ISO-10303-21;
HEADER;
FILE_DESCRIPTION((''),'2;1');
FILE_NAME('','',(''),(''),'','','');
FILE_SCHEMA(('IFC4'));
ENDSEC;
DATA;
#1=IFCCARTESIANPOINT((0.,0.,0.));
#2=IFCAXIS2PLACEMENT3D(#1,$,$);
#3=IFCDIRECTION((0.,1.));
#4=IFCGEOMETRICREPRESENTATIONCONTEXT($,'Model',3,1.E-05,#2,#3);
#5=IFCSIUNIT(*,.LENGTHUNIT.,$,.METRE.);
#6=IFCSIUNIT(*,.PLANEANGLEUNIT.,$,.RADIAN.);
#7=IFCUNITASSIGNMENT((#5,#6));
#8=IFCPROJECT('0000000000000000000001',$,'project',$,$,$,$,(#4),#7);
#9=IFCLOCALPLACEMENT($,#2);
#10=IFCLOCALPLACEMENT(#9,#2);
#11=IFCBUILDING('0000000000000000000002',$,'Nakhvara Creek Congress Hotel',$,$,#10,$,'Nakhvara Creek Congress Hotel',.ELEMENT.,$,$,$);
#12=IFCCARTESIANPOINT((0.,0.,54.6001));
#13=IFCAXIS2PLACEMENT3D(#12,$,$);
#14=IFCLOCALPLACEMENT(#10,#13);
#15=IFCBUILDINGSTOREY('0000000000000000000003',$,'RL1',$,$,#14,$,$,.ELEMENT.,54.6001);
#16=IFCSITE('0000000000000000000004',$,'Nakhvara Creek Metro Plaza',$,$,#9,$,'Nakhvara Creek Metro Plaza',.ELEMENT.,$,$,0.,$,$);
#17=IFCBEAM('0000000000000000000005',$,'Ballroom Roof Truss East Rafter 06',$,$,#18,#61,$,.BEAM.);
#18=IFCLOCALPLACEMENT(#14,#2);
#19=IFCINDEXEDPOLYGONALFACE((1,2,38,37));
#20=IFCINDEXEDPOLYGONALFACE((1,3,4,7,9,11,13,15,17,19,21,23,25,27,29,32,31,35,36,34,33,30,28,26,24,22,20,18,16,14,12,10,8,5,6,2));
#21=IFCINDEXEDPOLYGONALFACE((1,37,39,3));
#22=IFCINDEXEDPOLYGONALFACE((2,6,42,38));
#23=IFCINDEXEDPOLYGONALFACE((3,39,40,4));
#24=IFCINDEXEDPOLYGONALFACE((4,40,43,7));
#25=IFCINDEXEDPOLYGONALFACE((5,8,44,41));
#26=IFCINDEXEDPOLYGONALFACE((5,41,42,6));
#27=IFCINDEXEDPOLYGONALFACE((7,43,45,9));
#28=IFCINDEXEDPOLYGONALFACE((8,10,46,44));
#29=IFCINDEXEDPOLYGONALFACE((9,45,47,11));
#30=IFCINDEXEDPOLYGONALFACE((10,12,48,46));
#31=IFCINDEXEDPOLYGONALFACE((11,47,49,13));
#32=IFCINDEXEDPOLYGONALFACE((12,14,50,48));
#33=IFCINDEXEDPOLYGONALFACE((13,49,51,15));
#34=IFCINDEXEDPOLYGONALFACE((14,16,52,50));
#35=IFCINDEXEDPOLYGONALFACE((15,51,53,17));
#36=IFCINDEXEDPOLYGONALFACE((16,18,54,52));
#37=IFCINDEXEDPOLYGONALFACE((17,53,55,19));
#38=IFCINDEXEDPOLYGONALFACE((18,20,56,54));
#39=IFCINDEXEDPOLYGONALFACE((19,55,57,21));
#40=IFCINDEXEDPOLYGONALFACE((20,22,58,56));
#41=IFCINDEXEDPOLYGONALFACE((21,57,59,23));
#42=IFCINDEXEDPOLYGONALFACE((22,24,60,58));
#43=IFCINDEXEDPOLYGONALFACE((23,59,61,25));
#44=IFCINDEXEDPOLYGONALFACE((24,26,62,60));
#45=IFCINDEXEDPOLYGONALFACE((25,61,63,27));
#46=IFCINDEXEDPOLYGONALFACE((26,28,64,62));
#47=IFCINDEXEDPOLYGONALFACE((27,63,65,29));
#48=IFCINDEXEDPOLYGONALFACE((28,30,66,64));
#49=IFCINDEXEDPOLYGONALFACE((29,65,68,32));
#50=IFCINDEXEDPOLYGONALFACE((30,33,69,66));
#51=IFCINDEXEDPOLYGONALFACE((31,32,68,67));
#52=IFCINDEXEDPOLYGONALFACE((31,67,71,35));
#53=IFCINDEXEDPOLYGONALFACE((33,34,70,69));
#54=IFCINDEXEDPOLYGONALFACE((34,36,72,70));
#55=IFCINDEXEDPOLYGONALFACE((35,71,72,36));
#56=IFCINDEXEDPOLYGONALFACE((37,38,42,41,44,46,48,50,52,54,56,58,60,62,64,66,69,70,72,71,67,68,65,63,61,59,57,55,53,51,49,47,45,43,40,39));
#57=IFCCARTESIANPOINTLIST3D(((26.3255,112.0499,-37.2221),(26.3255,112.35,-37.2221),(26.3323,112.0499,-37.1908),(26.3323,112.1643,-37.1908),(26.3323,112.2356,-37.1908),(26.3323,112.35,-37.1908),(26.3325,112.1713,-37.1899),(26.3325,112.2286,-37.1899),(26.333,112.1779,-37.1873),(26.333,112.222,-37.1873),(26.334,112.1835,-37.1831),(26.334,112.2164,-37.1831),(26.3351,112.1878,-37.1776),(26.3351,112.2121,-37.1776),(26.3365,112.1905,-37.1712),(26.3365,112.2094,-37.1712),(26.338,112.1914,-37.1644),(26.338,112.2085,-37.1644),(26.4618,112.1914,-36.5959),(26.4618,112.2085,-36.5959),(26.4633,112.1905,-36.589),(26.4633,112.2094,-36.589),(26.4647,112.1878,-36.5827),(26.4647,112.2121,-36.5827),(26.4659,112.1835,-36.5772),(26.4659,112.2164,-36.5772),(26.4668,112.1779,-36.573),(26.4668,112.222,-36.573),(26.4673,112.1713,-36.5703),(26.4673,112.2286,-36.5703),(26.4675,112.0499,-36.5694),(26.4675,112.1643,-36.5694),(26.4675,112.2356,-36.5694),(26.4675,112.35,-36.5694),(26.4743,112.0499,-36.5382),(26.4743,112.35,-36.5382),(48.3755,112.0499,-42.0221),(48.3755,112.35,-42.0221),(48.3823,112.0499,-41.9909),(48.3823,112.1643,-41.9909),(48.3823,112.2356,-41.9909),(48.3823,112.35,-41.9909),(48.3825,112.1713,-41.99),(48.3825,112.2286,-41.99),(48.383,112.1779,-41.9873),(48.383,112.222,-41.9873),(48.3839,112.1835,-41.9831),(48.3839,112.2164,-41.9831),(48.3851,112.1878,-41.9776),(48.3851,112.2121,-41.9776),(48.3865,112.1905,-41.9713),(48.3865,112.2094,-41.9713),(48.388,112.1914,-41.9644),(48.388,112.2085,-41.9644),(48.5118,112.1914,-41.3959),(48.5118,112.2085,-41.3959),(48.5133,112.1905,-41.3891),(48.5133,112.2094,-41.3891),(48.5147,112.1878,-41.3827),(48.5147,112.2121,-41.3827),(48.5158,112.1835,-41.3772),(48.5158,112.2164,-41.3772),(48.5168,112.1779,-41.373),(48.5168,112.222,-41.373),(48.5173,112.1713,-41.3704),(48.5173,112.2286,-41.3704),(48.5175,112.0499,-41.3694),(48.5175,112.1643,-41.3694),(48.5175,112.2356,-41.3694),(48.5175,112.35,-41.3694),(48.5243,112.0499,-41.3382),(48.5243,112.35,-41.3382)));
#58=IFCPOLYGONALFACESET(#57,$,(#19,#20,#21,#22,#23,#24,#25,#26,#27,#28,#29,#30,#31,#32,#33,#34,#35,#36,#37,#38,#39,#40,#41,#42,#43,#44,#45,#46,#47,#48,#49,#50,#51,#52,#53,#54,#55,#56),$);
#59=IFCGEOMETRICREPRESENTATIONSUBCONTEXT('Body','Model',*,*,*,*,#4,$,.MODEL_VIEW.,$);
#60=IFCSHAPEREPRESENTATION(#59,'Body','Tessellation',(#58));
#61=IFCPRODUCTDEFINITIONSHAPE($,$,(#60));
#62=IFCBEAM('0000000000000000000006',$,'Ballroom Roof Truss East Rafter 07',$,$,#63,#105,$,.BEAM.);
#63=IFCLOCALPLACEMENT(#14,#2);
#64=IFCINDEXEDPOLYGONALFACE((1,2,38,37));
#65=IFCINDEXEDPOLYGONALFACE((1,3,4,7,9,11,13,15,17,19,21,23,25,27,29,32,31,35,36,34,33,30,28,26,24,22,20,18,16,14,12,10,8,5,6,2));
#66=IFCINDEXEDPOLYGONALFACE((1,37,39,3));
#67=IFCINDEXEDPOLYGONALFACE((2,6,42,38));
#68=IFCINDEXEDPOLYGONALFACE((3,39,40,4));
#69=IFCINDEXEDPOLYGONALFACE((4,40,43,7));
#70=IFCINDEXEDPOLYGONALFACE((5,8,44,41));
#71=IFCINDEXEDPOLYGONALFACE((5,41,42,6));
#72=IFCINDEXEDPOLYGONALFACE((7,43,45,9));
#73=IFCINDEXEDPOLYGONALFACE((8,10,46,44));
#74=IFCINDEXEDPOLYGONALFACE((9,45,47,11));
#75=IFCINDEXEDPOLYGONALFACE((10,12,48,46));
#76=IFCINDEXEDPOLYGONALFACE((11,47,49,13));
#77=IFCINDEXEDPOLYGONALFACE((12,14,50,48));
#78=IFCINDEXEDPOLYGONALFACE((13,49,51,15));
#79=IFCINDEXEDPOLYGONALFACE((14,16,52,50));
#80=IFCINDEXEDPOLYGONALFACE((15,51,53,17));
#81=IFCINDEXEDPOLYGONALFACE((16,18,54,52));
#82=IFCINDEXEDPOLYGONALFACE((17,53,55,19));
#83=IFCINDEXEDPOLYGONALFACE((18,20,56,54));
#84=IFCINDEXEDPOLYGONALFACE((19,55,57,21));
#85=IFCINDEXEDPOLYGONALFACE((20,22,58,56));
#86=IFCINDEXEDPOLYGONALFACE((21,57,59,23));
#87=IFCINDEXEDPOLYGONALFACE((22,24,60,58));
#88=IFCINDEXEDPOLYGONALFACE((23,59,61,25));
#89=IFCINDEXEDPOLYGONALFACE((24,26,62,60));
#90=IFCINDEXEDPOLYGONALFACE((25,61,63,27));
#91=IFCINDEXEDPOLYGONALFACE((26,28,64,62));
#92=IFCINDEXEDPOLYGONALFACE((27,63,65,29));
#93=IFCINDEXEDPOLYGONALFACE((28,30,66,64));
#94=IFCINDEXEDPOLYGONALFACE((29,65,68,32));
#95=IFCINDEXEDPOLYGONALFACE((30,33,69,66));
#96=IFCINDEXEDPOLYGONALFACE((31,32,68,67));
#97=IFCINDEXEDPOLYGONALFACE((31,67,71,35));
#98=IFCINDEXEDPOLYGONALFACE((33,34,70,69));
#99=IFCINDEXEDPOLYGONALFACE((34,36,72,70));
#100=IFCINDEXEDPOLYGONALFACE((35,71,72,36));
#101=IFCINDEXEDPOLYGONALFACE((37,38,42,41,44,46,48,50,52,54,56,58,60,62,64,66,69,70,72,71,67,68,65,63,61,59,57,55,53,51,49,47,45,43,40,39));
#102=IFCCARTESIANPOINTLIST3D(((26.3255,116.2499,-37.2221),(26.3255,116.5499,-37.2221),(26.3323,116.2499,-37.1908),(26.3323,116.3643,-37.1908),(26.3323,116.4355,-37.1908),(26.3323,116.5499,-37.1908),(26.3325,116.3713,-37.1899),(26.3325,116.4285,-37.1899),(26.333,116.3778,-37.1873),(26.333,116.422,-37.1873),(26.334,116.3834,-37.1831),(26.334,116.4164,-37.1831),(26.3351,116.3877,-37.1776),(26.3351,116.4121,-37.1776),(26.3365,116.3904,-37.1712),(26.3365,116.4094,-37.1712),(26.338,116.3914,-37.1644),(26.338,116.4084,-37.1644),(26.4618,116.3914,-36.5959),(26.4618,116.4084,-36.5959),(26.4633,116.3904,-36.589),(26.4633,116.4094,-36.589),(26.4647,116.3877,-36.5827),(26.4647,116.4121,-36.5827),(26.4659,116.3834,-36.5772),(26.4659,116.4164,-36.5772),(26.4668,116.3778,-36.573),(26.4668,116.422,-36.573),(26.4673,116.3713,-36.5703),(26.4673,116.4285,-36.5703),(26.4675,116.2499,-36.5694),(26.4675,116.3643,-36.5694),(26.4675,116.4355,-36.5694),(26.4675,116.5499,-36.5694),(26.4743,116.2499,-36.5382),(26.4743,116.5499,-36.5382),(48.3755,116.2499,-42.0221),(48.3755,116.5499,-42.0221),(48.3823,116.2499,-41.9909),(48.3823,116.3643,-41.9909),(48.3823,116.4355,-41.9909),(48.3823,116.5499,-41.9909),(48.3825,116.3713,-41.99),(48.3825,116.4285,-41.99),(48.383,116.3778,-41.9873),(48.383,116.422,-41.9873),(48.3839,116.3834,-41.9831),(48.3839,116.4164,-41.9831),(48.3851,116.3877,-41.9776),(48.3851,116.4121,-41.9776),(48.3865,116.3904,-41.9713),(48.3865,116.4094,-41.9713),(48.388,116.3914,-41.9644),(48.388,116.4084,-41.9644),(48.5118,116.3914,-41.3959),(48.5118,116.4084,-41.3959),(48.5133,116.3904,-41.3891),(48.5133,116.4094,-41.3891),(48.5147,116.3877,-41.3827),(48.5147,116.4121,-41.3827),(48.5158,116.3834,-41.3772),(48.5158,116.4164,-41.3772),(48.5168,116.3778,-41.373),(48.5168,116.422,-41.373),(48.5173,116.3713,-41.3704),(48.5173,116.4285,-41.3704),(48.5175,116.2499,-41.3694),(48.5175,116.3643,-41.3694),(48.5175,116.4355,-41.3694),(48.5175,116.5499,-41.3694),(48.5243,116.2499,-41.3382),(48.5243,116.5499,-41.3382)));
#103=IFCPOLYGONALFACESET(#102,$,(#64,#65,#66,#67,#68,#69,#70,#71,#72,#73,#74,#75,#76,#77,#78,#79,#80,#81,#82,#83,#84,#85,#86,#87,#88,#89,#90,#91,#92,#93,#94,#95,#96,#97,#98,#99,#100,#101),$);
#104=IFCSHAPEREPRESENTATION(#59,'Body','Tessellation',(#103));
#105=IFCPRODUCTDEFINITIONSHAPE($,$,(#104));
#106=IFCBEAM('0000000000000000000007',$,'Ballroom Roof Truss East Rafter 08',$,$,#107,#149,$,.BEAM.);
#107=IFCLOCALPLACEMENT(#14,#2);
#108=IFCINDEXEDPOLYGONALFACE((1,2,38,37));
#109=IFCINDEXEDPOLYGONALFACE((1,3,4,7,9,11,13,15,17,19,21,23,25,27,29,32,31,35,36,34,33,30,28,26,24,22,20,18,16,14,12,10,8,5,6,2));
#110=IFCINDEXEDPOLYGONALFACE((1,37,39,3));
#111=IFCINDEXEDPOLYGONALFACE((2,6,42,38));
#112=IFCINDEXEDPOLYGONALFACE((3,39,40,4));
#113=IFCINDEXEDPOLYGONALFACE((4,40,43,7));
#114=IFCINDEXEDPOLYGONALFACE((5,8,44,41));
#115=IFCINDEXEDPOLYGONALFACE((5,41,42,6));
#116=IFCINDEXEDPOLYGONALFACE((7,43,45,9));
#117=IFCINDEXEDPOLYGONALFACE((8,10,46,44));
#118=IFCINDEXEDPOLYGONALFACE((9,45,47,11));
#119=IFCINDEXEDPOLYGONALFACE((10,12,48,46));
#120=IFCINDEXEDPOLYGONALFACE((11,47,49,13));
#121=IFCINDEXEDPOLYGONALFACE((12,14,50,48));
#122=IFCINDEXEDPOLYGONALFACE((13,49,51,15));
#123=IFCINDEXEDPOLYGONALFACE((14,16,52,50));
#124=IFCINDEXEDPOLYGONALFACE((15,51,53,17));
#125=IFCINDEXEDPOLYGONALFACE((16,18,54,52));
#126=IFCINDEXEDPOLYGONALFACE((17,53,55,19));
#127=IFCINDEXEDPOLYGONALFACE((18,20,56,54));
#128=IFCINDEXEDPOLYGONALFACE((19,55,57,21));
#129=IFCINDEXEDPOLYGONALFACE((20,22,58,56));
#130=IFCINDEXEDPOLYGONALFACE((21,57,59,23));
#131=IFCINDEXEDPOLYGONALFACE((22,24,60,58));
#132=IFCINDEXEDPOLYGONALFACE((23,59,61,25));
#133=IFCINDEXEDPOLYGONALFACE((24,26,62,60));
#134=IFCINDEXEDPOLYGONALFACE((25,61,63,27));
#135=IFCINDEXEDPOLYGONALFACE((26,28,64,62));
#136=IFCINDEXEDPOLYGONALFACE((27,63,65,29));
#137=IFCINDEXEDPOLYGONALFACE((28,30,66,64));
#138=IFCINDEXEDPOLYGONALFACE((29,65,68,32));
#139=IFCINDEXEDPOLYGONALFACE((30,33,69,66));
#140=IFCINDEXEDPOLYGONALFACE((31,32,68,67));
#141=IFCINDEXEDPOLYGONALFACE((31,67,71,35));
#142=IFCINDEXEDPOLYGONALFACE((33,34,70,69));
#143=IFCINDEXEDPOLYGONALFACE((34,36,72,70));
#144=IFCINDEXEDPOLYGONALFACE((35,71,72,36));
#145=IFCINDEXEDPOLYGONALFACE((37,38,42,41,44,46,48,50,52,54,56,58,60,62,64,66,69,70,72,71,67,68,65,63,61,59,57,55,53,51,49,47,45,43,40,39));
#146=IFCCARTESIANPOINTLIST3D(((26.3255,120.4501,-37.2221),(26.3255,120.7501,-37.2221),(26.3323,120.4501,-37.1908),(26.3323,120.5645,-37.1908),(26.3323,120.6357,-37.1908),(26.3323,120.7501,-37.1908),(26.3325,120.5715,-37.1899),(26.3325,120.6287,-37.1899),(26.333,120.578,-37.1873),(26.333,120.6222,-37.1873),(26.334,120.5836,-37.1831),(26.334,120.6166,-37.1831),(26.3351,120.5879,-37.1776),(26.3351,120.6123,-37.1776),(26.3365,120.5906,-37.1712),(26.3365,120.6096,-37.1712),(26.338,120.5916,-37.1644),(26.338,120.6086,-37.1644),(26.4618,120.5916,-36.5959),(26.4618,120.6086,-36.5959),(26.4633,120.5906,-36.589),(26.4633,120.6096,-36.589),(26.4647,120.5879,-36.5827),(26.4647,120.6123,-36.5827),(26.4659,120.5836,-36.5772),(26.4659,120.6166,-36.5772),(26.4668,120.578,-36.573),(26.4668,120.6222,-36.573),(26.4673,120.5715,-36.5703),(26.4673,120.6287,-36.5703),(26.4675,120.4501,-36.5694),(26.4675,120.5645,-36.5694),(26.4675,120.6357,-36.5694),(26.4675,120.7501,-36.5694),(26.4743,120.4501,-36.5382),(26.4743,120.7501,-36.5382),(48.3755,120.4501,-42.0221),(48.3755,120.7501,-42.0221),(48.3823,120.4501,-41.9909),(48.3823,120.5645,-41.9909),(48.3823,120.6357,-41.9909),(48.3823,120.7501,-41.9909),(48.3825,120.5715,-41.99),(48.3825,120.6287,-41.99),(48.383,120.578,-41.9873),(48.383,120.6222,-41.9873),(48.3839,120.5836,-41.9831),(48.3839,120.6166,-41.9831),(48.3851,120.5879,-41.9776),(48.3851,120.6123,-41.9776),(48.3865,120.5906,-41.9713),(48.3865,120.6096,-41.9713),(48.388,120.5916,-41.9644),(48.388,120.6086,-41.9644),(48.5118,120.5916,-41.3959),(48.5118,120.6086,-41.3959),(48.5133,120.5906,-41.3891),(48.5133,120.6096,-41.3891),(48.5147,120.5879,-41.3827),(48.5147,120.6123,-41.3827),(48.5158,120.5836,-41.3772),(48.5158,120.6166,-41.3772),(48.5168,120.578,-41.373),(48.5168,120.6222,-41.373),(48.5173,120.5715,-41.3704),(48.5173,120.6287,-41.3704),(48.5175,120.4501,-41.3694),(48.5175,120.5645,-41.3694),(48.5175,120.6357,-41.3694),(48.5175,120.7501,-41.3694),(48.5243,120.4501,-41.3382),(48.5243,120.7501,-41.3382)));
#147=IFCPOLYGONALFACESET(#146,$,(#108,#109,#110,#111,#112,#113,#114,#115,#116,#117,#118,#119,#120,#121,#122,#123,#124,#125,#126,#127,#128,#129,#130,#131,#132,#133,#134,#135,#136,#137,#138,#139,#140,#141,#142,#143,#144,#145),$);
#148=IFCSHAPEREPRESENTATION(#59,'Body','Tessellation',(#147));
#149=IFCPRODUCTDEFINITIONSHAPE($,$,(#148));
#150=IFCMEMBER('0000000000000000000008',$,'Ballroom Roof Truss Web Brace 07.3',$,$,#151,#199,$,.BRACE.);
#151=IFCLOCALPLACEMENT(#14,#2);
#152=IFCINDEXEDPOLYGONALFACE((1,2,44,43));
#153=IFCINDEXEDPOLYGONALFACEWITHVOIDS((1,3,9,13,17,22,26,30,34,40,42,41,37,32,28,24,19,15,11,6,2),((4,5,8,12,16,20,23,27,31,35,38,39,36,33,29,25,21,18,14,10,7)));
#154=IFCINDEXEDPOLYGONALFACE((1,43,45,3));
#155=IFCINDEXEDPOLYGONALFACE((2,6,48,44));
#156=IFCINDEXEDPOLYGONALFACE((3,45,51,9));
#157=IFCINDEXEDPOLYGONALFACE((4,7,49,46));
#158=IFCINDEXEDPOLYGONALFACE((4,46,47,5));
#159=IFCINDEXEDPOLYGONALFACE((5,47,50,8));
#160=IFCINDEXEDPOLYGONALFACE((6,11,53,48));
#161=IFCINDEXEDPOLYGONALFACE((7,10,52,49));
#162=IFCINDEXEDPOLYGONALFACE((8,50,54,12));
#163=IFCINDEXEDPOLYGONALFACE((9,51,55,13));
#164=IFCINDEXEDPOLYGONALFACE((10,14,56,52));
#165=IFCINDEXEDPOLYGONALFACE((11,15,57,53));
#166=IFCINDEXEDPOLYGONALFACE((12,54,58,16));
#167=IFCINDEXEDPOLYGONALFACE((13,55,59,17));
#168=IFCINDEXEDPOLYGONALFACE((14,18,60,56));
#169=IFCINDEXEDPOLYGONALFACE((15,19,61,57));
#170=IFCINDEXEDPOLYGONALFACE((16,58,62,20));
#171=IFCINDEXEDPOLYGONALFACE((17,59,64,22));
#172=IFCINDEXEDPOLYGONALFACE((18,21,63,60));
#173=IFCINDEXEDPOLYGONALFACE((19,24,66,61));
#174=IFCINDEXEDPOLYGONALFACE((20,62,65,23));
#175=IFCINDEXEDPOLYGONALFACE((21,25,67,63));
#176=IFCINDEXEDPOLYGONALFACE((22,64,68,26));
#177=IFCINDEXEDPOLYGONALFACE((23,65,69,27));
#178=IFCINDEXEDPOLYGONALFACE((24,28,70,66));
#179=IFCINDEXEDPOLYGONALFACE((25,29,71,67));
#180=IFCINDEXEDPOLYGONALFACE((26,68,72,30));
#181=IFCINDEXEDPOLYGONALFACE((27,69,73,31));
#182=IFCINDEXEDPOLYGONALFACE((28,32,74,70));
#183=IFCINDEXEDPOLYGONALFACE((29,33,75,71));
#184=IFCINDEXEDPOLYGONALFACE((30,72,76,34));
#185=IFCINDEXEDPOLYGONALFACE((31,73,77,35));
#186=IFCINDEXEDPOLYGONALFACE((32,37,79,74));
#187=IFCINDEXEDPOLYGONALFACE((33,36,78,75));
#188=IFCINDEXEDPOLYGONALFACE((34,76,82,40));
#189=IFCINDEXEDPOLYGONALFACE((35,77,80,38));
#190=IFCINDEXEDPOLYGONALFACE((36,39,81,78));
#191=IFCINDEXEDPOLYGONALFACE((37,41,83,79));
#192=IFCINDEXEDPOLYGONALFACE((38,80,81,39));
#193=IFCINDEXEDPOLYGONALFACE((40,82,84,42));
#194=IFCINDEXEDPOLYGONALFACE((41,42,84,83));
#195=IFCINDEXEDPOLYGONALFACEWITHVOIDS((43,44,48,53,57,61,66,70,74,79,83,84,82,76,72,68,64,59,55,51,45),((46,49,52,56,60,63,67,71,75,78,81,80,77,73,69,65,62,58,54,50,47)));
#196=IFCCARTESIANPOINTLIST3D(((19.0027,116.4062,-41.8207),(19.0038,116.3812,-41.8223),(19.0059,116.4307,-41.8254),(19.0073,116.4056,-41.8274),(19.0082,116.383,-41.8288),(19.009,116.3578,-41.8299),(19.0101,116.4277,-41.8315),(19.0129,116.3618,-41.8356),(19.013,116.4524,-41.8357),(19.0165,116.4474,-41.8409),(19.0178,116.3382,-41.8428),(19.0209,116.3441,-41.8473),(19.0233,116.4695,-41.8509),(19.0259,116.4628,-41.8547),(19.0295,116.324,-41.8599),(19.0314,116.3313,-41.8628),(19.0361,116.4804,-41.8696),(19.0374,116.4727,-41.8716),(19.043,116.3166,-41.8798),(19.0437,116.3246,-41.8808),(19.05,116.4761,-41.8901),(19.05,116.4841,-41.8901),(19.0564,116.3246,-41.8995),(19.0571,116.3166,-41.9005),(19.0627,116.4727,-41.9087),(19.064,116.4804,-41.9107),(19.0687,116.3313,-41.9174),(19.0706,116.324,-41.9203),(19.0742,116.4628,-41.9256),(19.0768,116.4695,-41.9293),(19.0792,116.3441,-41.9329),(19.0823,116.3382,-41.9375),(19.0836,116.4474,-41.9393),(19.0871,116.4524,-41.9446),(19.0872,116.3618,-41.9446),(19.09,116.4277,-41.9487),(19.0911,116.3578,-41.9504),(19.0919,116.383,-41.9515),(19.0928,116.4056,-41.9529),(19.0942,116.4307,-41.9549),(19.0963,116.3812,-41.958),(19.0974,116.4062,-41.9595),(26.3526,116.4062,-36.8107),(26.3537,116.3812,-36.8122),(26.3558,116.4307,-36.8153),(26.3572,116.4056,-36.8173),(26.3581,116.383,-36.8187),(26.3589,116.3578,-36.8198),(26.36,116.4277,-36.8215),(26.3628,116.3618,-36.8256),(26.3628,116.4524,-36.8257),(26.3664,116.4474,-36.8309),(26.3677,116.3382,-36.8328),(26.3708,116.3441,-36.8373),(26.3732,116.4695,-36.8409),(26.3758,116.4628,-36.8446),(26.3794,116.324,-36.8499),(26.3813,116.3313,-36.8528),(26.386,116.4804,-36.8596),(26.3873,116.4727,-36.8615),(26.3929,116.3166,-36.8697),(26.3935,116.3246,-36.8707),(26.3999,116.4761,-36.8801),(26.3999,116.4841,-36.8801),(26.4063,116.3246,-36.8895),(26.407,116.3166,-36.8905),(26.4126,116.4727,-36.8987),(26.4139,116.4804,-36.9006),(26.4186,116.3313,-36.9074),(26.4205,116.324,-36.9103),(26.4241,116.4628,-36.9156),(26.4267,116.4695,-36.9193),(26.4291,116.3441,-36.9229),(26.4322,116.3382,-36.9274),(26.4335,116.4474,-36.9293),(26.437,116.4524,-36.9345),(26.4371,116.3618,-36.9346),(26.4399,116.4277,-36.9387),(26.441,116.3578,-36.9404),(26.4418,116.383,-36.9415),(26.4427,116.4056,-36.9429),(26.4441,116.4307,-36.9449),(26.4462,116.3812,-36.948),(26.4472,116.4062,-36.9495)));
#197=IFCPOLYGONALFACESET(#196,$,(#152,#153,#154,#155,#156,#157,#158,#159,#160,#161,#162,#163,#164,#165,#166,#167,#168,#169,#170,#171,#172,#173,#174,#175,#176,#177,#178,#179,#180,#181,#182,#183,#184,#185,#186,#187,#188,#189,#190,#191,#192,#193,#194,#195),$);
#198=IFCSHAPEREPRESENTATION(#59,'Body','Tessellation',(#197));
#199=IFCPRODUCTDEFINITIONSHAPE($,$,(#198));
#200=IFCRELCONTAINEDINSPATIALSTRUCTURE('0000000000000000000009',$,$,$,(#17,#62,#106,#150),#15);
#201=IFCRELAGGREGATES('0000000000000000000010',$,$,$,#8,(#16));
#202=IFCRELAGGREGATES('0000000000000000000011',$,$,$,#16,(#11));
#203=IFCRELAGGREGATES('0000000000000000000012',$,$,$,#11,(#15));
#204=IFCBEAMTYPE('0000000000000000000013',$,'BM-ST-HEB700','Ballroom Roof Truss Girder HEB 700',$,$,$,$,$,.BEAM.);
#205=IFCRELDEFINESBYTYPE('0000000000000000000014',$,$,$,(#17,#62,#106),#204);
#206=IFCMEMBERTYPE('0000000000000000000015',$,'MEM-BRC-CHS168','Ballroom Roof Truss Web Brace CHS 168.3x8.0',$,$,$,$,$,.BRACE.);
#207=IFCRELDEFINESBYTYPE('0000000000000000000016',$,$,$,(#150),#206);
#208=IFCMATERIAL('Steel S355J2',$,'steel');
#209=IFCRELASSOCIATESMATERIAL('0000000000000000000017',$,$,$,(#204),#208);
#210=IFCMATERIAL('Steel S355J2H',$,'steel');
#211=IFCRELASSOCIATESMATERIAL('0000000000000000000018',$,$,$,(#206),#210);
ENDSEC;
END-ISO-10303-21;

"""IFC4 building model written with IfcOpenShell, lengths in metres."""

from ifc_helpers import new_model, si_unit, direction, frame, origin, origin_2d, place, context, subcontext, project, spatial, hollow_circle, i_section, extrude, material, material_profile, profile_set, type_object, element, save


model = new_model("IFC4")

# Units and contexts
model_context = context("Model", 3, precision=1e-05, world=origin(), true_north=direction((0.0, 1.0)))
body_context = subcontext(model_context, "Body", "Model", "MODEL_VIEW")
ifc_project = project(units=[si_unit("LENGTHUNIT", "METRE"), si_unit("PLANEANGLEUNIT", "RADIAN")], contexts=[model_context])

# Site, building, storey
site_placement = place(None, origin())
site = spatial("IfcSite", under=ifc_project, at=site_placement, Name="Nakhvara Creek Metro Plaza", LongName="Nakhvara Creek Metro Plaza", CompositionType="ELEMENT", RefElevation=0.0)
building_placement = place(site_placement, origin())
building = spatial("IfcBuilding", under=site, at=building_placement, Name="Nakhvara Creek Congress Hotel", LongName="Nakhvara Creek Congress Hotel", CompositionType="ELEMENT")
storey_placement = place(building_placement, frame((0.0, 0.0, 54.6001)))
storey = spatial("IfcBuildingStorey", under=building, at=storey_placement, Name="RL1", CompositionType="ELEMENT", Elevation=54.6001)

# Beams
ifc_material_1 = material(Name="Steel S355J2", Category="steel")
ifc_material_profile_1 = material_profile(ifc_material_1, i_section(OverallWidth=0.3, OverallDepth=0.7, WebThickness=0.0171, FlangeThickness=0.032, FilletRadius=0.0271, at=origin_2d()), Name="HEB 700", Category="LoadBearing")
ifc_profile_set_1 = profile_set([ifc_material_profile_1], Name="Steel S355J2")
beam_type = type_object("IfcBeamType", Name="BM-ST-HEB700", Description="Ballroom Roof Truss Girder HEB 700", PredefinedType="BEAM", material=ifc_profile_set_1)
for number, where, z_axis, x_axis, name in (
    (1, (26.3999, 112.2, -36.8801), (0.977116, 0.0, -0.212707), (0.0, 1.0, 0.0), "Ballroom Roof Truss East Rafter 06"),
    (2, (26.3999, 116.3999, -36.8801), (0.977116, 0.0, -0.212707), (0.0, 1.0, 0.0), "Ballroom Roof Truss East Rafter 07"),
    (3, (26.3999, 120.6001, -36.8801), (0.977116, 0.0, -0.212707), (0.0, 1.0, 0.0), "Ballroom Roof Truss East Rafter 08"),
):
    element("IfcBeam", number, at=place(storey_placement, frame(where, z_axis=z_axis, x_axis=x_axis)), inside=storey, type_object=beam_type, Name=name, PredefinedType="BEAM", context=body_context, shape_type="SweptSolid", body=[
        extrude(i_section(OverallWidth=0.3, OverallDepth=0.7, WebThickness=0.0171, FlangeThickness=0.032, FilletRadius=0.0271, at=origin_2d()), origin(), (0.0, 0.0, 1.0), 22.5664),
    ])

# Member
ifc_material_2 = material(Name="Steel S355J2H", Category="steel")
ifc_material_profile_2 = material_profile(ifc_material_2, hollow_circle(Radius=0.0842, WallThickness=0.0081, at=origin_2d()), Name="CHS 168.3x8.0", Category="LoadBearing")
ifc_profile_set_2 = profile_set([ifc_material_profile_2], Name="Steel S355J2H")
member_type_1 = type_object("IfcMemberType", Name="MEM-BRC-CHS168", Description="Ballroom Roof Truss Web Brace CHS 168.3x8.0", PredefinedType="BRACE", material=ifc_profile_set_2)
for number, where, z_axis, x_axis, name in (
    (4, (19.05, 116.3999, -41.8901), (0.826293, 0.0, 0.563241), (0.0, 1.0, 0.0), "Ballroom Roof Truss Web Brace 07.3"),
):
    element("IfcMember", number, at=place(storey_placement, frame(where, z_axis=z_axis, x_axis=x_axis)), inside=storey, type_object=member_type_1, Name=name, PredefinedType="BRACE", context=body_context, shape_type="SweptSolid", body=[
        extrude(hollow_circle(Radius=0.0842, WallThickness=0.0081, at=origin_2d()), origin(), (0.0, 0.0, 1.0), 8.895),
    ])

save(model, "model.ifc")
